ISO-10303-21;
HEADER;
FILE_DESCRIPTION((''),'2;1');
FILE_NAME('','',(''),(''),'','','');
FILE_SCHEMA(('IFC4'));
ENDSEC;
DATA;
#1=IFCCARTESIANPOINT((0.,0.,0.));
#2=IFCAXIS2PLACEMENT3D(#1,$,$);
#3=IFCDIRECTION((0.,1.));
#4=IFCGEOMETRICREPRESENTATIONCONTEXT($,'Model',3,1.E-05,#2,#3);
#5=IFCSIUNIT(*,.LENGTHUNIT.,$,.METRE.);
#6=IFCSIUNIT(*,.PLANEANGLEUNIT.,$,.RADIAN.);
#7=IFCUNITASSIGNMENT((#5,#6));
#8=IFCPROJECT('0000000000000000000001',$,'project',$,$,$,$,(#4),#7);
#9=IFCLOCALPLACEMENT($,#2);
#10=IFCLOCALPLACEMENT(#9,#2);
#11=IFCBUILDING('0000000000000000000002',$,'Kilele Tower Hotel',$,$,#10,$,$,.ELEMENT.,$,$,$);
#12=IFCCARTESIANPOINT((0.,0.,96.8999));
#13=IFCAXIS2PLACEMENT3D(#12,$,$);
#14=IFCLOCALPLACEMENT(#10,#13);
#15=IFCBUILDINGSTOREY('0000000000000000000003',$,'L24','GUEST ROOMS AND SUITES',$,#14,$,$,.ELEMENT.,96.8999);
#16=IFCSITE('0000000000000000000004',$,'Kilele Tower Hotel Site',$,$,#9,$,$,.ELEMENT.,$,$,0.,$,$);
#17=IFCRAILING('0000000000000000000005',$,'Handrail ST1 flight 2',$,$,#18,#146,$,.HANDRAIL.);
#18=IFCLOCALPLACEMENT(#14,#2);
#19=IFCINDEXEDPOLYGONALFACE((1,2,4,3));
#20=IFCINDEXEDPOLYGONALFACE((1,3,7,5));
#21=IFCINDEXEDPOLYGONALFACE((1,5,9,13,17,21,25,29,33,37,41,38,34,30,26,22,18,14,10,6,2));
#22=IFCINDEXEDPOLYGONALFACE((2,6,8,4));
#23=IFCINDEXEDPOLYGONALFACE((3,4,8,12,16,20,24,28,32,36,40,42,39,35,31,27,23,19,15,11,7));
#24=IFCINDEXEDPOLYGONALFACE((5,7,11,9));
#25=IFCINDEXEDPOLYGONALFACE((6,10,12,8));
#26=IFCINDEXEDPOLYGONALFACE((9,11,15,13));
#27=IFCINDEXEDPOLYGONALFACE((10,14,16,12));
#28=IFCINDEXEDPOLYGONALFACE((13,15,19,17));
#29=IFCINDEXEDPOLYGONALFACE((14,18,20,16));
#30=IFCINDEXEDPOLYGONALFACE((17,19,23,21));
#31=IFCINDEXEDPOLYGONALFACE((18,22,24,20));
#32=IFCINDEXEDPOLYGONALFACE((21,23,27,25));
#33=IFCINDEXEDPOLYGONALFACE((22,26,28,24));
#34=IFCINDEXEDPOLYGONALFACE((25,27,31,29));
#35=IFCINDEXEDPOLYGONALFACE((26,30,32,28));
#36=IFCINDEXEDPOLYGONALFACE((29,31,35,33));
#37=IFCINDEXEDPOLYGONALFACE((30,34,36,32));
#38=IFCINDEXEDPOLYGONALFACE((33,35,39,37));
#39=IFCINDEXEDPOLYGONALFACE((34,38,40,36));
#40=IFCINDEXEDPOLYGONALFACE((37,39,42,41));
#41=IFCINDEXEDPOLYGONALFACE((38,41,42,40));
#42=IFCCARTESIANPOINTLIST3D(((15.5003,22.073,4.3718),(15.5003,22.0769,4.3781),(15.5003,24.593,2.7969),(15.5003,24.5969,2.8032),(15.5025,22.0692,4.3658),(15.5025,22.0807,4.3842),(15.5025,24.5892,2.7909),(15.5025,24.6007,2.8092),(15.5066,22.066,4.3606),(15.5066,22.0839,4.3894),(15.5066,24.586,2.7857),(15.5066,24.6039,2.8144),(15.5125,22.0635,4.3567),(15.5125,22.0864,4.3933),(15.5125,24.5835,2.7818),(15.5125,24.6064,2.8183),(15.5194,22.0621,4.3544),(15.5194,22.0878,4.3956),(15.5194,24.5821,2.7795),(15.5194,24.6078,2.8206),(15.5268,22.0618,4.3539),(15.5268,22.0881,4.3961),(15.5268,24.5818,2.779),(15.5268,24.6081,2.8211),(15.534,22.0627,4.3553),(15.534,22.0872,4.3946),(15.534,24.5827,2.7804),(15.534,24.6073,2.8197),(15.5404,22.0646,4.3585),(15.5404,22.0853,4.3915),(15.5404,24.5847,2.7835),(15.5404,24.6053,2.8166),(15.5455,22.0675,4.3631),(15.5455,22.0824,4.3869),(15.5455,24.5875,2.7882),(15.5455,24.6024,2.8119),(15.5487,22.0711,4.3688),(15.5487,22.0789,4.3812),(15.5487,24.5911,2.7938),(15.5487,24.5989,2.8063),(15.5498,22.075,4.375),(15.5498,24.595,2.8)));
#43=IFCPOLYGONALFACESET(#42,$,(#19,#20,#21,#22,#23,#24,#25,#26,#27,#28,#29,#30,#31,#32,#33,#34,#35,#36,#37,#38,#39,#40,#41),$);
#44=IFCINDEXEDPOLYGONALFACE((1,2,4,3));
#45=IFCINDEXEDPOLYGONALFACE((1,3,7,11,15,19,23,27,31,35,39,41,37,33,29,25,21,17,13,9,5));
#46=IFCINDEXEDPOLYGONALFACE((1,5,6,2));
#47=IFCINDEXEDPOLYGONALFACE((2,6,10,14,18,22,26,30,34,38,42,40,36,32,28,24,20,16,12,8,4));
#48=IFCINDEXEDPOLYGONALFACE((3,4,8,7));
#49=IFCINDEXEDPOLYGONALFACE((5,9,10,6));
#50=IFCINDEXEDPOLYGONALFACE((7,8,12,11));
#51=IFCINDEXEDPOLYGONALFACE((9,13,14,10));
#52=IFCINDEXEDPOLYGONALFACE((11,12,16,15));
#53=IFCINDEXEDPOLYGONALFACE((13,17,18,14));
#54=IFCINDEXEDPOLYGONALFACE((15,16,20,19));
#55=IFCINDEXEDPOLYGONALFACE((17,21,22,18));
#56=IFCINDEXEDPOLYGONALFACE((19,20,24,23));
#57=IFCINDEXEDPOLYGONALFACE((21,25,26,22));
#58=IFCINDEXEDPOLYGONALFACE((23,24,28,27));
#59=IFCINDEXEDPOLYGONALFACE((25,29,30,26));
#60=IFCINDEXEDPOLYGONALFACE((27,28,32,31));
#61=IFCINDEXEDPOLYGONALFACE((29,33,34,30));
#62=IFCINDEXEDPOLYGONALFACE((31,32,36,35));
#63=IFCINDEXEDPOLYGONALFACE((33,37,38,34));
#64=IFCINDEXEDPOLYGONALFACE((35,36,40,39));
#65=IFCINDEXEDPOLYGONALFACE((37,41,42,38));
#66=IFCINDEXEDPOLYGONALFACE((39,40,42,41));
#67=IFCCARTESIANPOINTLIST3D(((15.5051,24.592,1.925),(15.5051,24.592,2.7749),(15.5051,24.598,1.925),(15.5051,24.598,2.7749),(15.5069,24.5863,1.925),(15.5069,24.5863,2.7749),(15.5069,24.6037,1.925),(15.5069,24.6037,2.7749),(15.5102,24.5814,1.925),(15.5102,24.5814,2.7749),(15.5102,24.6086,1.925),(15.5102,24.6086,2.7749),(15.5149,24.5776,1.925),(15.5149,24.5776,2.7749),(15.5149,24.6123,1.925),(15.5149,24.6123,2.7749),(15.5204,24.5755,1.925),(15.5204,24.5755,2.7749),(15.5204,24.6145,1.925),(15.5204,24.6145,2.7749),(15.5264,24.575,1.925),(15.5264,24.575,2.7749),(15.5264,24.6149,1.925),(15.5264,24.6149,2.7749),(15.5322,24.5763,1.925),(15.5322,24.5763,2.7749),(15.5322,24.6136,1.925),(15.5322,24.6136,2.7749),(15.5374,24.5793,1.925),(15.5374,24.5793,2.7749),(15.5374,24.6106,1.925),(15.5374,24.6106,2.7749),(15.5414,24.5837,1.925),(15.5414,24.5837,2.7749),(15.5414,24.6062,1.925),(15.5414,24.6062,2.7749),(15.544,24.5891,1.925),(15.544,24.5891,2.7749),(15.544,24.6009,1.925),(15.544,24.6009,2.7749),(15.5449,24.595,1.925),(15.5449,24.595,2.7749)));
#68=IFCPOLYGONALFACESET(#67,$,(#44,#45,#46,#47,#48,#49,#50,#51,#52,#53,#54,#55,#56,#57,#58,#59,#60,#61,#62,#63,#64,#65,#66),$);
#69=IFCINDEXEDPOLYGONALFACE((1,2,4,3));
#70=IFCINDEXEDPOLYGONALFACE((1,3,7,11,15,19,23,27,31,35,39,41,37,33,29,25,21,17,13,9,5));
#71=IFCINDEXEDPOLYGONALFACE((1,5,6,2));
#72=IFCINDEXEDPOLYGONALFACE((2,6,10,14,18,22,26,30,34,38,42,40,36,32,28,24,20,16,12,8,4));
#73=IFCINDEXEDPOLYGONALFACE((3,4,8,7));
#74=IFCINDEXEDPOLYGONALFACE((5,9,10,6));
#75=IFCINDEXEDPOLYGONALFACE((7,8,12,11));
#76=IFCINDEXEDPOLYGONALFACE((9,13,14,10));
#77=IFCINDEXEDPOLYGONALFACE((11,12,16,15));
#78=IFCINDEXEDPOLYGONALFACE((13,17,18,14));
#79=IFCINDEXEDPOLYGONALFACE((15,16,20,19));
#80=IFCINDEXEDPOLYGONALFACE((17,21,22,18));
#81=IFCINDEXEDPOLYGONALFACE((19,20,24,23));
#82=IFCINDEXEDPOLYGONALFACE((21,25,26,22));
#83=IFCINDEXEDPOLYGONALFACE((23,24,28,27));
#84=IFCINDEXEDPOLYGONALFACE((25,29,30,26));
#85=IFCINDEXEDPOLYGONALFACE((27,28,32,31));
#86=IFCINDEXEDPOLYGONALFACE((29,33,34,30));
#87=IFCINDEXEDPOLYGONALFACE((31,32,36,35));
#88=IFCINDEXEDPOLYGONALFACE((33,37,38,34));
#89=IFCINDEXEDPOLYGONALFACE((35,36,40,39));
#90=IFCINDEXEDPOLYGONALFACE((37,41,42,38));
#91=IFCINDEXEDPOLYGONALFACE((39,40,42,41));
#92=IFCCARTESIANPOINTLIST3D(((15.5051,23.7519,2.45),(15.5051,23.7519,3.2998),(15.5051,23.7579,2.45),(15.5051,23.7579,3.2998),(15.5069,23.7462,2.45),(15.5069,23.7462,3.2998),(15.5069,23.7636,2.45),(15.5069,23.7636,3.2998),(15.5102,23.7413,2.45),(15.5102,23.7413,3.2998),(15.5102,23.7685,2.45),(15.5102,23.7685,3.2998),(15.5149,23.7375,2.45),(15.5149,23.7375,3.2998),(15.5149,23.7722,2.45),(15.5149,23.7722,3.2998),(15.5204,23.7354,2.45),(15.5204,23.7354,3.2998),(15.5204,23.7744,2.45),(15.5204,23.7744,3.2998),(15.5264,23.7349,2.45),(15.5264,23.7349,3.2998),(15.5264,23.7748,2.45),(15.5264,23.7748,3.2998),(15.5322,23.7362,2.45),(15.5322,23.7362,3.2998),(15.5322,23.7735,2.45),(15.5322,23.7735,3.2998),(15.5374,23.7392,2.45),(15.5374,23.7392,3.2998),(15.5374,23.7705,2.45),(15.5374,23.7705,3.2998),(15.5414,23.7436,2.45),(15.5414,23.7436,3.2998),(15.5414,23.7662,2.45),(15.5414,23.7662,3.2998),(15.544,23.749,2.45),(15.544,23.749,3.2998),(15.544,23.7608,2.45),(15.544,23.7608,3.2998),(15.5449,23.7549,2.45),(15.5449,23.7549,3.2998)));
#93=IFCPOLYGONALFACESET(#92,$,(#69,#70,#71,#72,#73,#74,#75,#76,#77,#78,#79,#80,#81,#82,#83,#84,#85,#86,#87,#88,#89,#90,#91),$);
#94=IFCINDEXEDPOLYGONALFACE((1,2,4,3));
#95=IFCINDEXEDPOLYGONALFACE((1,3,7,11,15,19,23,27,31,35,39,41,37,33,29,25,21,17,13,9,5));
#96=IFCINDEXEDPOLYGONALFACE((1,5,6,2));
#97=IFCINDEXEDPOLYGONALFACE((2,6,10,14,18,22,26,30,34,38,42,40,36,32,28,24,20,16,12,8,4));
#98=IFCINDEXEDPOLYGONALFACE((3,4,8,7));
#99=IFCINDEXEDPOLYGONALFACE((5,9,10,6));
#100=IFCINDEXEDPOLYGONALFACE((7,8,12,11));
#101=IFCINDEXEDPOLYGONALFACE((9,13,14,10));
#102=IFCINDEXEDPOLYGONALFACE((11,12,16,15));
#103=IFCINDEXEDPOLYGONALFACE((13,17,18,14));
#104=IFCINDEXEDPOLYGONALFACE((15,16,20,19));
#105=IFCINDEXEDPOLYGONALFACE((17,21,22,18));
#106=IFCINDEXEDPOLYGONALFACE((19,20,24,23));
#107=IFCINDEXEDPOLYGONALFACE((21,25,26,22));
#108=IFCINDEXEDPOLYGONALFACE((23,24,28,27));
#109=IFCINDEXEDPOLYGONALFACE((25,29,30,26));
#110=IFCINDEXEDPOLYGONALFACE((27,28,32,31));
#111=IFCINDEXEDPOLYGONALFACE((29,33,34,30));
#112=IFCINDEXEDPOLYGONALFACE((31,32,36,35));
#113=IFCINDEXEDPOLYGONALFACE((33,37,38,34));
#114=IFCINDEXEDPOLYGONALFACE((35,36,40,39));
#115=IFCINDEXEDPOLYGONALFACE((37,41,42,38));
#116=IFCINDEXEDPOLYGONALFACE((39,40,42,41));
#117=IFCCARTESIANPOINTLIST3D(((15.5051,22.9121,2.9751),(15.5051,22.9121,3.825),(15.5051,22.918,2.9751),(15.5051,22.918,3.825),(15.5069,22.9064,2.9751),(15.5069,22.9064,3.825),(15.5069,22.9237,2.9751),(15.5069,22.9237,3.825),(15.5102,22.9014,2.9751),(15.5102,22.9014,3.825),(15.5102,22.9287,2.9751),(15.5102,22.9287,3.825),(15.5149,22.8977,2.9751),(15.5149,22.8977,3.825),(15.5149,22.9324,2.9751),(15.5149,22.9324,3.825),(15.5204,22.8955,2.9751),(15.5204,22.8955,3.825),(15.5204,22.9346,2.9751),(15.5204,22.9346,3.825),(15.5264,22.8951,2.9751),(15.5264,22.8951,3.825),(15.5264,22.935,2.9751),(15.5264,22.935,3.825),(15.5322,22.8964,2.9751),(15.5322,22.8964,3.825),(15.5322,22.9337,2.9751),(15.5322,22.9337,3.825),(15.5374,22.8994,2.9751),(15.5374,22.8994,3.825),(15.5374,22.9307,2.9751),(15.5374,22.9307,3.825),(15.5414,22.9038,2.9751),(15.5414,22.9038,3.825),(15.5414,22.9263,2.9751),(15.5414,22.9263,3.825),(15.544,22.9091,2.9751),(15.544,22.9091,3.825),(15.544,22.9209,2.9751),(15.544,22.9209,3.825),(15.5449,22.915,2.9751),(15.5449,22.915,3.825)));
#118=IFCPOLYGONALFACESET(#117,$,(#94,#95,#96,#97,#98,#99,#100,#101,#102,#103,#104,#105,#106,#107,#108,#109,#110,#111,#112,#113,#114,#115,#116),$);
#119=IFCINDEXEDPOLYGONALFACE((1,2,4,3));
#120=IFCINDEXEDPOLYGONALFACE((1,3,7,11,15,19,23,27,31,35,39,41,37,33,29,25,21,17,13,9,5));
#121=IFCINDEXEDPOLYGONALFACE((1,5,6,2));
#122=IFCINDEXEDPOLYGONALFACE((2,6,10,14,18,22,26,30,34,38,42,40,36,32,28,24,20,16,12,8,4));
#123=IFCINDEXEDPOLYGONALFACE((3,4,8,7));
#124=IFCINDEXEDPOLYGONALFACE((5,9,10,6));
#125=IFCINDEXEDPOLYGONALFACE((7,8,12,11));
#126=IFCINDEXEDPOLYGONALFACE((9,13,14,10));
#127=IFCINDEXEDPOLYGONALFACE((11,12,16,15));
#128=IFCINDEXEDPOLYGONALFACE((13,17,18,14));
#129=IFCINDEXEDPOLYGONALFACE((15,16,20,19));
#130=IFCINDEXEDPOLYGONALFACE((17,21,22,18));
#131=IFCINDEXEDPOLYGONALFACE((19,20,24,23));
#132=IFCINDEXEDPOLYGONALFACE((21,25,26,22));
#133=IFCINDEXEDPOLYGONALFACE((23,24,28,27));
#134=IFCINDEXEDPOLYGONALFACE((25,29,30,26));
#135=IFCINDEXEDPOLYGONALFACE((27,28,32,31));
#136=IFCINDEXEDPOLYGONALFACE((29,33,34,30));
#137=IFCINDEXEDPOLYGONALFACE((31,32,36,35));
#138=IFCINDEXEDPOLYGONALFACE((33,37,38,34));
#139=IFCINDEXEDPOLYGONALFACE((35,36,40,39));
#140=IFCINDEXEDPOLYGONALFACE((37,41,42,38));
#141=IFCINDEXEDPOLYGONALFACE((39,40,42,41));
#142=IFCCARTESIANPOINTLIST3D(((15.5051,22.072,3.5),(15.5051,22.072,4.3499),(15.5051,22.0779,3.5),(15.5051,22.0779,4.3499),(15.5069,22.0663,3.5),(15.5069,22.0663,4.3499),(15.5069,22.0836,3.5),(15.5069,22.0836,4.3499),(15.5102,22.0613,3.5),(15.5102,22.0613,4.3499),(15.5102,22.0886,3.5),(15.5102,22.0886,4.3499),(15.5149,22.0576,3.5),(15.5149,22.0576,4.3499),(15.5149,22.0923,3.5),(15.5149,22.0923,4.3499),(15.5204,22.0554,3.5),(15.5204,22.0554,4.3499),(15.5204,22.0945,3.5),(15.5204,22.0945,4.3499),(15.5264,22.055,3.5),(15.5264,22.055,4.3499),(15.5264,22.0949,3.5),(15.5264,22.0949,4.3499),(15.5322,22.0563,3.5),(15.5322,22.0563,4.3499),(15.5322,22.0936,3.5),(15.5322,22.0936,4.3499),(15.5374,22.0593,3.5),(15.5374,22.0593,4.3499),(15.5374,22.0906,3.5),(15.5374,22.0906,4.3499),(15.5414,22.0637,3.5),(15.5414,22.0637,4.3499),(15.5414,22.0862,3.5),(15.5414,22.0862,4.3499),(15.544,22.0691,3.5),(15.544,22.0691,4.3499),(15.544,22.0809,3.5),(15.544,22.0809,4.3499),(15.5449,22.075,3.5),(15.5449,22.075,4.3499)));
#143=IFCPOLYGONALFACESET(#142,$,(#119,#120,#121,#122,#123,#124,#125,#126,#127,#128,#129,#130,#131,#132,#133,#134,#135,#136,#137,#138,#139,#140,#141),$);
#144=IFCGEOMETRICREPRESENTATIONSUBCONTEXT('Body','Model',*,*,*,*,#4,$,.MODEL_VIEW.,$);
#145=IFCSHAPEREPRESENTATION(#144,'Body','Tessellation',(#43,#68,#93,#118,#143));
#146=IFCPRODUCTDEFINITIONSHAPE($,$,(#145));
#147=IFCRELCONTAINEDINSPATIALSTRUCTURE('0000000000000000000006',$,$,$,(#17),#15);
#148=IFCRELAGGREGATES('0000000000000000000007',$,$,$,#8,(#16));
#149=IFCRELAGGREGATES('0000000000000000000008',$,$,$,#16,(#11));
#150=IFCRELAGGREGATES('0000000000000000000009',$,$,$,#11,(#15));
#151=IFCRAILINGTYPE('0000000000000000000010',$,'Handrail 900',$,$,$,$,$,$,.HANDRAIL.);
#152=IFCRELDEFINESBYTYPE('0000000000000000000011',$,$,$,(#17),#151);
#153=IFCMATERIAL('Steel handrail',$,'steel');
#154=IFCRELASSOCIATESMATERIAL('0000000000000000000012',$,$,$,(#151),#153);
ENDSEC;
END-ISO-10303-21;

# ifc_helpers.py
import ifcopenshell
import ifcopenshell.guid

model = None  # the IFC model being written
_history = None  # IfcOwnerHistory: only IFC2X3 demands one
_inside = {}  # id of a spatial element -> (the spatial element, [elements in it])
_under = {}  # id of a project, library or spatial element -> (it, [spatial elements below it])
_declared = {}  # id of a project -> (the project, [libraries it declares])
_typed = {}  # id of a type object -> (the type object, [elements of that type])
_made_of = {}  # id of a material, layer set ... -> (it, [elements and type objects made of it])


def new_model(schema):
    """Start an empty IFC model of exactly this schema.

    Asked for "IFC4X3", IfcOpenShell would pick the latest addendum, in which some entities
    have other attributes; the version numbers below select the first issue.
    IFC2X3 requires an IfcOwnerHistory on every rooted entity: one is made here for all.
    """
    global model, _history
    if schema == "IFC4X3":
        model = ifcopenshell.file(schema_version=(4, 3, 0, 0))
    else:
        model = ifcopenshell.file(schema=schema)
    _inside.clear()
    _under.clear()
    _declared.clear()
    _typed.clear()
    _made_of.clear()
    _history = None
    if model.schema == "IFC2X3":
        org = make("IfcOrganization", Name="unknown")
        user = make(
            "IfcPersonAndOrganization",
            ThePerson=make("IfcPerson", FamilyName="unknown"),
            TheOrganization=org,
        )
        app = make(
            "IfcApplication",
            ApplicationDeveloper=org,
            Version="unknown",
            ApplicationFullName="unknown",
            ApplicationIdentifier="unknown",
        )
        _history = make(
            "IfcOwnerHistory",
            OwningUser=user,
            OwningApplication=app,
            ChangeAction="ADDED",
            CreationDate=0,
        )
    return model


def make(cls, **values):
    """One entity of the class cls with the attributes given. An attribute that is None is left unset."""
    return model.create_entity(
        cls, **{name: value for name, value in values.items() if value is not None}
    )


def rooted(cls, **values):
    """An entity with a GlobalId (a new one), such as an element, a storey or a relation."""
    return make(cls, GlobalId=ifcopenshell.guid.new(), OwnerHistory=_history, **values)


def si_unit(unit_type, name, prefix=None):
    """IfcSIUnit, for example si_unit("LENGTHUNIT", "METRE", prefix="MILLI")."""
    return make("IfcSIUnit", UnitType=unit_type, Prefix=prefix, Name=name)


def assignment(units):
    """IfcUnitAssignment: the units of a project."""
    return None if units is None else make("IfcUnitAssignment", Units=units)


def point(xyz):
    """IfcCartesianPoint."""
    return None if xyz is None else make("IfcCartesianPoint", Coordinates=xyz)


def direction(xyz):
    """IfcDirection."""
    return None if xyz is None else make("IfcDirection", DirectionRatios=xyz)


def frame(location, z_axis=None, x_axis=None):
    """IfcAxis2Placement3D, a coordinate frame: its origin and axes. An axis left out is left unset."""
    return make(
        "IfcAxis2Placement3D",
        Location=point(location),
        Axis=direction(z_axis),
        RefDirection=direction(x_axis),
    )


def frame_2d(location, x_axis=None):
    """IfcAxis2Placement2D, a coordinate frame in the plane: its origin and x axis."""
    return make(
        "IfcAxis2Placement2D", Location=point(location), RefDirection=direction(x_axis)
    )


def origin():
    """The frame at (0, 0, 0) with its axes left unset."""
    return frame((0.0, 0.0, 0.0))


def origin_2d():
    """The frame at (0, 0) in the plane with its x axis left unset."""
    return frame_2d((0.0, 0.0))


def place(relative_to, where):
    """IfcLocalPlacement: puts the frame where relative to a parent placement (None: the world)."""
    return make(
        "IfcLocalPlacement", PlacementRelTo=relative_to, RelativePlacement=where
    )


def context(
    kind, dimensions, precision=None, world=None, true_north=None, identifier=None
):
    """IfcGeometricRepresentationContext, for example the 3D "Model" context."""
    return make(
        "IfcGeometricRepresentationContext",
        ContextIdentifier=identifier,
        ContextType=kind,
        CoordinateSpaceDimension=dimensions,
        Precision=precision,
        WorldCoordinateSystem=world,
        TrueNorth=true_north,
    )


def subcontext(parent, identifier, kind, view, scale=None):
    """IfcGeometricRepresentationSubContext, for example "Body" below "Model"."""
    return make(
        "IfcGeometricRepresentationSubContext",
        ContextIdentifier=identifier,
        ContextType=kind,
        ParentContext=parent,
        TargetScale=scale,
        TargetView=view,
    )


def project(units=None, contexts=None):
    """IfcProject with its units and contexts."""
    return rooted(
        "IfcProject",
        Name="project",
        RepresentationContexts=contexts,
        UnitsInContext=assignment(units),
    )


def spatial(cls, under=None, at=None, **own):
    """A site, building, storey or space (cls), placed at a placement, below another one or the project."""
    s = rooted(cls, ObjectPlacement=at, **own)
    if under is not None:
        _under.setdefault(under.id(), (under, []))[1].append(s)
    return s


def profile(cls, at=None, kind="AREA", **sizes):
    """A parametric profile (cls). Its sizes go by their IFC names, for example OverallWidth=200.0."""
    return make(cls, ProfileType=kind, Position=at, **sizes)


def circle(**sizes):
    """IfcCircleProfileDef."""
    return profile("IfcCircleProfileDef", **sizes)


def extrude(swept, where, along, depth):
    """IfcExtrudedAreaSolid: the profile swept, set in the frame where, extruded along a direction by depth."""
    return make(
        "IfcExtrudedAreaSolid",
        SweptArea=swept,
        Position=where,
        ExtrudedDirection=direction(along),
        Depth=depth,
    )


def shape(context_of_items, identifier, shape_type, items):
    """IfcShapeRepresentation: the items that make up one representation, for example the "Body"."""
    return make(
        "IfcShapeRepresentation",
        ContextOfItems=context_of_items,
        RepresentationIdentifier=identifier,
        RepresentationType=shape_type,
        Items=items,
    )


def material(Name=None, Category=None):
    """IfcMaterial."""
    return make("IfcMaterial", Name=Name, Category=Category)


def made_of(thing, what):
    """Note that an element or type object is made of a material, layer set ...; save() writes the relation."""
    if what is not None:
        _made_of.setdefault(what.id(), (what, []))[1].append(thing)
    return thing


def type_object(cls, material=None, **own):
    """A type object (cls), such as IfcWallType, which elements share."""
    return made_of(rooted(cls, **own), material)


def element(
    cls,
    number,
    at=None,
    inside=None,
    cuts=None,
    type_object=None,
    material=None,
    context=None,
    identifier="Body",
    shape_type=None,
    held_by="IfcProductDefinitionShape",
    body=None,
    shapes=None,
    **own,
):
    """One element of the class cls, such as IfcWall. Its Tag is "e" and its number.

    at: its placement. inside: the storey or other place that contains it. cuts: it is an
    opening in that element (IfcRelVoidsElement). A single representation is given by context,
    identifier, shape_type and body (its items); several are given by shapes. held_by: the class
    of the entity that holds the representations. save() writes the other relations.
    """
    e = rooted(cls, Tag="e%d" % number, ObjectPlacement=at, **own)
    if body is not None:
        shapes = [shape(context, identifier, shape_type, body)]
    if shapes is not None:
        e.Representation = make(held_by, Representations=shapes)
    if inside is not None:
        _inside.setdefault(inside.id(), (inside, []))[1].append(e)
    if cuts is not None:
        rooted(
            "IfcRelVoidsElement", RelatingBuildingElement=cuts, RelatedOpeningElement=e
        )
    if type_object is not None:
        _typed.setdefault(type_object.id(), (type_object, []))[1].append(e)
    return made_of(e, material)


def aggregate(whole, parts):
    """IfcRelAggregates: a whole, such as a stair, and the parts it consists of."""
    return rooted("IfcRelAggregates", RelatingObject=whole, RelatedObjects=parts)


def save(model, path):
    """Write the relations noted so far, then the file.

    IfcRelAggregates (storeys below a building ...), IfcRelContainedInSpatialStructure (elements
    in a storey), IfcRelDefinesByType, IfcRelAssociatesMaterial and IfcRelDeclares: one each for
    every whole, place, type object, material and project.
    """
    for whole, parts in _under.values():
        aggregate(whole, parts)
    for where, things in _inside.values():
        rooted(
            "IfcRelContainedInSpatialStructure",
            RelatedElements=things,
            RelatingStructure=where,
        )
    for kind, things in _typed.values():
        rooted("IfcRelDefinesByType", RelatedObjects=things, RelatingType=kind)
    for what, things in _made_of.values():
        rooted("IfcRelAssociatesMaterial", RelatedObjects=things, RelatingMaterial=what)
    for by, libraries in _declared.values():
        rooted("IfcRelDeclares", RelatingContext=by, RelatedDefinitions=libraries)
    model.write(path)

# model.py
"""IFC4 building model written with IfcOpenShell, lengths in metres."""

from ifc_helpers import new_model, si_unit, direction, frame, origin, origin_2d, place, context, subcontext, project, spatial, circle, extrude, material, type_object, element, save


model = new_model("IFC4")

# Units and contexts
model_context = context("Model", 3, precision=1e-05, world=origin(), true_north=direction((0.0, 1.0)))
body_context = subcontext(model_context, "Body", "Model", "MODEL_VIEW")
ifc_project = project(units=[si_unit("LENGTHUNIT", "METRE"), si_unit("PLANEANGLEUNIT", "RADIAN")], contexts=[model_context])

# Site, building, storey
site_placement = place(None, origin())
site = spatial("IfcSite", under=ifc_project, at=site_placement, Name="Kilele Tower Hotel Site", CompositionType="ELEMENT", RefElevation=0.0)
building_placement = place(site_placement, origin())
building = spatial("IfcBuilding", under=site, at=building_placement, Name="Kilele Tower Hotel", CompositionType="ELEMENT")
storey_placement = place(building_placement, frame((0.0, 0.0, 96.8999)))
storey = spatial("IfcBuildingStorey", under=building, at=storey_placement, Name="L24", Description="GUEST ROOMS AND SUITES", CompositionType="ELEMENT", Elevation=96.8999)

# Railing
ifc_material_1 = material(Name="Steel handrail", Category="steel")
railing_type_1 = type_object("IfcRailingType", Name="Handrail 900", PredefinedType="HANDRAIL", material=ifc_material_1)
for number, where, name in (
    (1, (15.5249, 24.595, 1.925), "Handrail ST1 flight 2"),
):
    element("IfcRailing", number, at=place(storey_placement, frame(where)), inside=storey, type_object=railing_type_1, Name=name, PredefinedType="HANDRAIL", context=body_context, shape_type="SweptSolid", body=[
        extrude(circle(Radius=0.0249, at=origin_2d()), frame((0.0, 0.0, 0.875), z_axis=(0.0, -0.848008, 0.529984), x_axis=(1.0, 0.0, 0.0)), (0.0, 0.0, 1.0), 2.9717),
        extrude(circle(Radius=0.02, at=origin_2d()), origin(), (0.0, 0.0, 1.0), 0.8499),
        extrude(circle(Radius=0.02, at=origin_2d()), frame((0.0, -0.8401, 0.5249)), (0.0, 0.0, 1.0), 0.8499),
        extrude(circle(Radius=0.02, at=origin_2d()), frame((0.0, -1.6799, 1.05)), (0.0, 0.0, 1.0), 0.8499),
        extrude(circle(Radius=0.02, at=origin_2d()), frame((0.0, -2.52, 1.575)), (0.0, 0.0, 1.0), 0.8499),
    ])

save(model, "model.ifc")
